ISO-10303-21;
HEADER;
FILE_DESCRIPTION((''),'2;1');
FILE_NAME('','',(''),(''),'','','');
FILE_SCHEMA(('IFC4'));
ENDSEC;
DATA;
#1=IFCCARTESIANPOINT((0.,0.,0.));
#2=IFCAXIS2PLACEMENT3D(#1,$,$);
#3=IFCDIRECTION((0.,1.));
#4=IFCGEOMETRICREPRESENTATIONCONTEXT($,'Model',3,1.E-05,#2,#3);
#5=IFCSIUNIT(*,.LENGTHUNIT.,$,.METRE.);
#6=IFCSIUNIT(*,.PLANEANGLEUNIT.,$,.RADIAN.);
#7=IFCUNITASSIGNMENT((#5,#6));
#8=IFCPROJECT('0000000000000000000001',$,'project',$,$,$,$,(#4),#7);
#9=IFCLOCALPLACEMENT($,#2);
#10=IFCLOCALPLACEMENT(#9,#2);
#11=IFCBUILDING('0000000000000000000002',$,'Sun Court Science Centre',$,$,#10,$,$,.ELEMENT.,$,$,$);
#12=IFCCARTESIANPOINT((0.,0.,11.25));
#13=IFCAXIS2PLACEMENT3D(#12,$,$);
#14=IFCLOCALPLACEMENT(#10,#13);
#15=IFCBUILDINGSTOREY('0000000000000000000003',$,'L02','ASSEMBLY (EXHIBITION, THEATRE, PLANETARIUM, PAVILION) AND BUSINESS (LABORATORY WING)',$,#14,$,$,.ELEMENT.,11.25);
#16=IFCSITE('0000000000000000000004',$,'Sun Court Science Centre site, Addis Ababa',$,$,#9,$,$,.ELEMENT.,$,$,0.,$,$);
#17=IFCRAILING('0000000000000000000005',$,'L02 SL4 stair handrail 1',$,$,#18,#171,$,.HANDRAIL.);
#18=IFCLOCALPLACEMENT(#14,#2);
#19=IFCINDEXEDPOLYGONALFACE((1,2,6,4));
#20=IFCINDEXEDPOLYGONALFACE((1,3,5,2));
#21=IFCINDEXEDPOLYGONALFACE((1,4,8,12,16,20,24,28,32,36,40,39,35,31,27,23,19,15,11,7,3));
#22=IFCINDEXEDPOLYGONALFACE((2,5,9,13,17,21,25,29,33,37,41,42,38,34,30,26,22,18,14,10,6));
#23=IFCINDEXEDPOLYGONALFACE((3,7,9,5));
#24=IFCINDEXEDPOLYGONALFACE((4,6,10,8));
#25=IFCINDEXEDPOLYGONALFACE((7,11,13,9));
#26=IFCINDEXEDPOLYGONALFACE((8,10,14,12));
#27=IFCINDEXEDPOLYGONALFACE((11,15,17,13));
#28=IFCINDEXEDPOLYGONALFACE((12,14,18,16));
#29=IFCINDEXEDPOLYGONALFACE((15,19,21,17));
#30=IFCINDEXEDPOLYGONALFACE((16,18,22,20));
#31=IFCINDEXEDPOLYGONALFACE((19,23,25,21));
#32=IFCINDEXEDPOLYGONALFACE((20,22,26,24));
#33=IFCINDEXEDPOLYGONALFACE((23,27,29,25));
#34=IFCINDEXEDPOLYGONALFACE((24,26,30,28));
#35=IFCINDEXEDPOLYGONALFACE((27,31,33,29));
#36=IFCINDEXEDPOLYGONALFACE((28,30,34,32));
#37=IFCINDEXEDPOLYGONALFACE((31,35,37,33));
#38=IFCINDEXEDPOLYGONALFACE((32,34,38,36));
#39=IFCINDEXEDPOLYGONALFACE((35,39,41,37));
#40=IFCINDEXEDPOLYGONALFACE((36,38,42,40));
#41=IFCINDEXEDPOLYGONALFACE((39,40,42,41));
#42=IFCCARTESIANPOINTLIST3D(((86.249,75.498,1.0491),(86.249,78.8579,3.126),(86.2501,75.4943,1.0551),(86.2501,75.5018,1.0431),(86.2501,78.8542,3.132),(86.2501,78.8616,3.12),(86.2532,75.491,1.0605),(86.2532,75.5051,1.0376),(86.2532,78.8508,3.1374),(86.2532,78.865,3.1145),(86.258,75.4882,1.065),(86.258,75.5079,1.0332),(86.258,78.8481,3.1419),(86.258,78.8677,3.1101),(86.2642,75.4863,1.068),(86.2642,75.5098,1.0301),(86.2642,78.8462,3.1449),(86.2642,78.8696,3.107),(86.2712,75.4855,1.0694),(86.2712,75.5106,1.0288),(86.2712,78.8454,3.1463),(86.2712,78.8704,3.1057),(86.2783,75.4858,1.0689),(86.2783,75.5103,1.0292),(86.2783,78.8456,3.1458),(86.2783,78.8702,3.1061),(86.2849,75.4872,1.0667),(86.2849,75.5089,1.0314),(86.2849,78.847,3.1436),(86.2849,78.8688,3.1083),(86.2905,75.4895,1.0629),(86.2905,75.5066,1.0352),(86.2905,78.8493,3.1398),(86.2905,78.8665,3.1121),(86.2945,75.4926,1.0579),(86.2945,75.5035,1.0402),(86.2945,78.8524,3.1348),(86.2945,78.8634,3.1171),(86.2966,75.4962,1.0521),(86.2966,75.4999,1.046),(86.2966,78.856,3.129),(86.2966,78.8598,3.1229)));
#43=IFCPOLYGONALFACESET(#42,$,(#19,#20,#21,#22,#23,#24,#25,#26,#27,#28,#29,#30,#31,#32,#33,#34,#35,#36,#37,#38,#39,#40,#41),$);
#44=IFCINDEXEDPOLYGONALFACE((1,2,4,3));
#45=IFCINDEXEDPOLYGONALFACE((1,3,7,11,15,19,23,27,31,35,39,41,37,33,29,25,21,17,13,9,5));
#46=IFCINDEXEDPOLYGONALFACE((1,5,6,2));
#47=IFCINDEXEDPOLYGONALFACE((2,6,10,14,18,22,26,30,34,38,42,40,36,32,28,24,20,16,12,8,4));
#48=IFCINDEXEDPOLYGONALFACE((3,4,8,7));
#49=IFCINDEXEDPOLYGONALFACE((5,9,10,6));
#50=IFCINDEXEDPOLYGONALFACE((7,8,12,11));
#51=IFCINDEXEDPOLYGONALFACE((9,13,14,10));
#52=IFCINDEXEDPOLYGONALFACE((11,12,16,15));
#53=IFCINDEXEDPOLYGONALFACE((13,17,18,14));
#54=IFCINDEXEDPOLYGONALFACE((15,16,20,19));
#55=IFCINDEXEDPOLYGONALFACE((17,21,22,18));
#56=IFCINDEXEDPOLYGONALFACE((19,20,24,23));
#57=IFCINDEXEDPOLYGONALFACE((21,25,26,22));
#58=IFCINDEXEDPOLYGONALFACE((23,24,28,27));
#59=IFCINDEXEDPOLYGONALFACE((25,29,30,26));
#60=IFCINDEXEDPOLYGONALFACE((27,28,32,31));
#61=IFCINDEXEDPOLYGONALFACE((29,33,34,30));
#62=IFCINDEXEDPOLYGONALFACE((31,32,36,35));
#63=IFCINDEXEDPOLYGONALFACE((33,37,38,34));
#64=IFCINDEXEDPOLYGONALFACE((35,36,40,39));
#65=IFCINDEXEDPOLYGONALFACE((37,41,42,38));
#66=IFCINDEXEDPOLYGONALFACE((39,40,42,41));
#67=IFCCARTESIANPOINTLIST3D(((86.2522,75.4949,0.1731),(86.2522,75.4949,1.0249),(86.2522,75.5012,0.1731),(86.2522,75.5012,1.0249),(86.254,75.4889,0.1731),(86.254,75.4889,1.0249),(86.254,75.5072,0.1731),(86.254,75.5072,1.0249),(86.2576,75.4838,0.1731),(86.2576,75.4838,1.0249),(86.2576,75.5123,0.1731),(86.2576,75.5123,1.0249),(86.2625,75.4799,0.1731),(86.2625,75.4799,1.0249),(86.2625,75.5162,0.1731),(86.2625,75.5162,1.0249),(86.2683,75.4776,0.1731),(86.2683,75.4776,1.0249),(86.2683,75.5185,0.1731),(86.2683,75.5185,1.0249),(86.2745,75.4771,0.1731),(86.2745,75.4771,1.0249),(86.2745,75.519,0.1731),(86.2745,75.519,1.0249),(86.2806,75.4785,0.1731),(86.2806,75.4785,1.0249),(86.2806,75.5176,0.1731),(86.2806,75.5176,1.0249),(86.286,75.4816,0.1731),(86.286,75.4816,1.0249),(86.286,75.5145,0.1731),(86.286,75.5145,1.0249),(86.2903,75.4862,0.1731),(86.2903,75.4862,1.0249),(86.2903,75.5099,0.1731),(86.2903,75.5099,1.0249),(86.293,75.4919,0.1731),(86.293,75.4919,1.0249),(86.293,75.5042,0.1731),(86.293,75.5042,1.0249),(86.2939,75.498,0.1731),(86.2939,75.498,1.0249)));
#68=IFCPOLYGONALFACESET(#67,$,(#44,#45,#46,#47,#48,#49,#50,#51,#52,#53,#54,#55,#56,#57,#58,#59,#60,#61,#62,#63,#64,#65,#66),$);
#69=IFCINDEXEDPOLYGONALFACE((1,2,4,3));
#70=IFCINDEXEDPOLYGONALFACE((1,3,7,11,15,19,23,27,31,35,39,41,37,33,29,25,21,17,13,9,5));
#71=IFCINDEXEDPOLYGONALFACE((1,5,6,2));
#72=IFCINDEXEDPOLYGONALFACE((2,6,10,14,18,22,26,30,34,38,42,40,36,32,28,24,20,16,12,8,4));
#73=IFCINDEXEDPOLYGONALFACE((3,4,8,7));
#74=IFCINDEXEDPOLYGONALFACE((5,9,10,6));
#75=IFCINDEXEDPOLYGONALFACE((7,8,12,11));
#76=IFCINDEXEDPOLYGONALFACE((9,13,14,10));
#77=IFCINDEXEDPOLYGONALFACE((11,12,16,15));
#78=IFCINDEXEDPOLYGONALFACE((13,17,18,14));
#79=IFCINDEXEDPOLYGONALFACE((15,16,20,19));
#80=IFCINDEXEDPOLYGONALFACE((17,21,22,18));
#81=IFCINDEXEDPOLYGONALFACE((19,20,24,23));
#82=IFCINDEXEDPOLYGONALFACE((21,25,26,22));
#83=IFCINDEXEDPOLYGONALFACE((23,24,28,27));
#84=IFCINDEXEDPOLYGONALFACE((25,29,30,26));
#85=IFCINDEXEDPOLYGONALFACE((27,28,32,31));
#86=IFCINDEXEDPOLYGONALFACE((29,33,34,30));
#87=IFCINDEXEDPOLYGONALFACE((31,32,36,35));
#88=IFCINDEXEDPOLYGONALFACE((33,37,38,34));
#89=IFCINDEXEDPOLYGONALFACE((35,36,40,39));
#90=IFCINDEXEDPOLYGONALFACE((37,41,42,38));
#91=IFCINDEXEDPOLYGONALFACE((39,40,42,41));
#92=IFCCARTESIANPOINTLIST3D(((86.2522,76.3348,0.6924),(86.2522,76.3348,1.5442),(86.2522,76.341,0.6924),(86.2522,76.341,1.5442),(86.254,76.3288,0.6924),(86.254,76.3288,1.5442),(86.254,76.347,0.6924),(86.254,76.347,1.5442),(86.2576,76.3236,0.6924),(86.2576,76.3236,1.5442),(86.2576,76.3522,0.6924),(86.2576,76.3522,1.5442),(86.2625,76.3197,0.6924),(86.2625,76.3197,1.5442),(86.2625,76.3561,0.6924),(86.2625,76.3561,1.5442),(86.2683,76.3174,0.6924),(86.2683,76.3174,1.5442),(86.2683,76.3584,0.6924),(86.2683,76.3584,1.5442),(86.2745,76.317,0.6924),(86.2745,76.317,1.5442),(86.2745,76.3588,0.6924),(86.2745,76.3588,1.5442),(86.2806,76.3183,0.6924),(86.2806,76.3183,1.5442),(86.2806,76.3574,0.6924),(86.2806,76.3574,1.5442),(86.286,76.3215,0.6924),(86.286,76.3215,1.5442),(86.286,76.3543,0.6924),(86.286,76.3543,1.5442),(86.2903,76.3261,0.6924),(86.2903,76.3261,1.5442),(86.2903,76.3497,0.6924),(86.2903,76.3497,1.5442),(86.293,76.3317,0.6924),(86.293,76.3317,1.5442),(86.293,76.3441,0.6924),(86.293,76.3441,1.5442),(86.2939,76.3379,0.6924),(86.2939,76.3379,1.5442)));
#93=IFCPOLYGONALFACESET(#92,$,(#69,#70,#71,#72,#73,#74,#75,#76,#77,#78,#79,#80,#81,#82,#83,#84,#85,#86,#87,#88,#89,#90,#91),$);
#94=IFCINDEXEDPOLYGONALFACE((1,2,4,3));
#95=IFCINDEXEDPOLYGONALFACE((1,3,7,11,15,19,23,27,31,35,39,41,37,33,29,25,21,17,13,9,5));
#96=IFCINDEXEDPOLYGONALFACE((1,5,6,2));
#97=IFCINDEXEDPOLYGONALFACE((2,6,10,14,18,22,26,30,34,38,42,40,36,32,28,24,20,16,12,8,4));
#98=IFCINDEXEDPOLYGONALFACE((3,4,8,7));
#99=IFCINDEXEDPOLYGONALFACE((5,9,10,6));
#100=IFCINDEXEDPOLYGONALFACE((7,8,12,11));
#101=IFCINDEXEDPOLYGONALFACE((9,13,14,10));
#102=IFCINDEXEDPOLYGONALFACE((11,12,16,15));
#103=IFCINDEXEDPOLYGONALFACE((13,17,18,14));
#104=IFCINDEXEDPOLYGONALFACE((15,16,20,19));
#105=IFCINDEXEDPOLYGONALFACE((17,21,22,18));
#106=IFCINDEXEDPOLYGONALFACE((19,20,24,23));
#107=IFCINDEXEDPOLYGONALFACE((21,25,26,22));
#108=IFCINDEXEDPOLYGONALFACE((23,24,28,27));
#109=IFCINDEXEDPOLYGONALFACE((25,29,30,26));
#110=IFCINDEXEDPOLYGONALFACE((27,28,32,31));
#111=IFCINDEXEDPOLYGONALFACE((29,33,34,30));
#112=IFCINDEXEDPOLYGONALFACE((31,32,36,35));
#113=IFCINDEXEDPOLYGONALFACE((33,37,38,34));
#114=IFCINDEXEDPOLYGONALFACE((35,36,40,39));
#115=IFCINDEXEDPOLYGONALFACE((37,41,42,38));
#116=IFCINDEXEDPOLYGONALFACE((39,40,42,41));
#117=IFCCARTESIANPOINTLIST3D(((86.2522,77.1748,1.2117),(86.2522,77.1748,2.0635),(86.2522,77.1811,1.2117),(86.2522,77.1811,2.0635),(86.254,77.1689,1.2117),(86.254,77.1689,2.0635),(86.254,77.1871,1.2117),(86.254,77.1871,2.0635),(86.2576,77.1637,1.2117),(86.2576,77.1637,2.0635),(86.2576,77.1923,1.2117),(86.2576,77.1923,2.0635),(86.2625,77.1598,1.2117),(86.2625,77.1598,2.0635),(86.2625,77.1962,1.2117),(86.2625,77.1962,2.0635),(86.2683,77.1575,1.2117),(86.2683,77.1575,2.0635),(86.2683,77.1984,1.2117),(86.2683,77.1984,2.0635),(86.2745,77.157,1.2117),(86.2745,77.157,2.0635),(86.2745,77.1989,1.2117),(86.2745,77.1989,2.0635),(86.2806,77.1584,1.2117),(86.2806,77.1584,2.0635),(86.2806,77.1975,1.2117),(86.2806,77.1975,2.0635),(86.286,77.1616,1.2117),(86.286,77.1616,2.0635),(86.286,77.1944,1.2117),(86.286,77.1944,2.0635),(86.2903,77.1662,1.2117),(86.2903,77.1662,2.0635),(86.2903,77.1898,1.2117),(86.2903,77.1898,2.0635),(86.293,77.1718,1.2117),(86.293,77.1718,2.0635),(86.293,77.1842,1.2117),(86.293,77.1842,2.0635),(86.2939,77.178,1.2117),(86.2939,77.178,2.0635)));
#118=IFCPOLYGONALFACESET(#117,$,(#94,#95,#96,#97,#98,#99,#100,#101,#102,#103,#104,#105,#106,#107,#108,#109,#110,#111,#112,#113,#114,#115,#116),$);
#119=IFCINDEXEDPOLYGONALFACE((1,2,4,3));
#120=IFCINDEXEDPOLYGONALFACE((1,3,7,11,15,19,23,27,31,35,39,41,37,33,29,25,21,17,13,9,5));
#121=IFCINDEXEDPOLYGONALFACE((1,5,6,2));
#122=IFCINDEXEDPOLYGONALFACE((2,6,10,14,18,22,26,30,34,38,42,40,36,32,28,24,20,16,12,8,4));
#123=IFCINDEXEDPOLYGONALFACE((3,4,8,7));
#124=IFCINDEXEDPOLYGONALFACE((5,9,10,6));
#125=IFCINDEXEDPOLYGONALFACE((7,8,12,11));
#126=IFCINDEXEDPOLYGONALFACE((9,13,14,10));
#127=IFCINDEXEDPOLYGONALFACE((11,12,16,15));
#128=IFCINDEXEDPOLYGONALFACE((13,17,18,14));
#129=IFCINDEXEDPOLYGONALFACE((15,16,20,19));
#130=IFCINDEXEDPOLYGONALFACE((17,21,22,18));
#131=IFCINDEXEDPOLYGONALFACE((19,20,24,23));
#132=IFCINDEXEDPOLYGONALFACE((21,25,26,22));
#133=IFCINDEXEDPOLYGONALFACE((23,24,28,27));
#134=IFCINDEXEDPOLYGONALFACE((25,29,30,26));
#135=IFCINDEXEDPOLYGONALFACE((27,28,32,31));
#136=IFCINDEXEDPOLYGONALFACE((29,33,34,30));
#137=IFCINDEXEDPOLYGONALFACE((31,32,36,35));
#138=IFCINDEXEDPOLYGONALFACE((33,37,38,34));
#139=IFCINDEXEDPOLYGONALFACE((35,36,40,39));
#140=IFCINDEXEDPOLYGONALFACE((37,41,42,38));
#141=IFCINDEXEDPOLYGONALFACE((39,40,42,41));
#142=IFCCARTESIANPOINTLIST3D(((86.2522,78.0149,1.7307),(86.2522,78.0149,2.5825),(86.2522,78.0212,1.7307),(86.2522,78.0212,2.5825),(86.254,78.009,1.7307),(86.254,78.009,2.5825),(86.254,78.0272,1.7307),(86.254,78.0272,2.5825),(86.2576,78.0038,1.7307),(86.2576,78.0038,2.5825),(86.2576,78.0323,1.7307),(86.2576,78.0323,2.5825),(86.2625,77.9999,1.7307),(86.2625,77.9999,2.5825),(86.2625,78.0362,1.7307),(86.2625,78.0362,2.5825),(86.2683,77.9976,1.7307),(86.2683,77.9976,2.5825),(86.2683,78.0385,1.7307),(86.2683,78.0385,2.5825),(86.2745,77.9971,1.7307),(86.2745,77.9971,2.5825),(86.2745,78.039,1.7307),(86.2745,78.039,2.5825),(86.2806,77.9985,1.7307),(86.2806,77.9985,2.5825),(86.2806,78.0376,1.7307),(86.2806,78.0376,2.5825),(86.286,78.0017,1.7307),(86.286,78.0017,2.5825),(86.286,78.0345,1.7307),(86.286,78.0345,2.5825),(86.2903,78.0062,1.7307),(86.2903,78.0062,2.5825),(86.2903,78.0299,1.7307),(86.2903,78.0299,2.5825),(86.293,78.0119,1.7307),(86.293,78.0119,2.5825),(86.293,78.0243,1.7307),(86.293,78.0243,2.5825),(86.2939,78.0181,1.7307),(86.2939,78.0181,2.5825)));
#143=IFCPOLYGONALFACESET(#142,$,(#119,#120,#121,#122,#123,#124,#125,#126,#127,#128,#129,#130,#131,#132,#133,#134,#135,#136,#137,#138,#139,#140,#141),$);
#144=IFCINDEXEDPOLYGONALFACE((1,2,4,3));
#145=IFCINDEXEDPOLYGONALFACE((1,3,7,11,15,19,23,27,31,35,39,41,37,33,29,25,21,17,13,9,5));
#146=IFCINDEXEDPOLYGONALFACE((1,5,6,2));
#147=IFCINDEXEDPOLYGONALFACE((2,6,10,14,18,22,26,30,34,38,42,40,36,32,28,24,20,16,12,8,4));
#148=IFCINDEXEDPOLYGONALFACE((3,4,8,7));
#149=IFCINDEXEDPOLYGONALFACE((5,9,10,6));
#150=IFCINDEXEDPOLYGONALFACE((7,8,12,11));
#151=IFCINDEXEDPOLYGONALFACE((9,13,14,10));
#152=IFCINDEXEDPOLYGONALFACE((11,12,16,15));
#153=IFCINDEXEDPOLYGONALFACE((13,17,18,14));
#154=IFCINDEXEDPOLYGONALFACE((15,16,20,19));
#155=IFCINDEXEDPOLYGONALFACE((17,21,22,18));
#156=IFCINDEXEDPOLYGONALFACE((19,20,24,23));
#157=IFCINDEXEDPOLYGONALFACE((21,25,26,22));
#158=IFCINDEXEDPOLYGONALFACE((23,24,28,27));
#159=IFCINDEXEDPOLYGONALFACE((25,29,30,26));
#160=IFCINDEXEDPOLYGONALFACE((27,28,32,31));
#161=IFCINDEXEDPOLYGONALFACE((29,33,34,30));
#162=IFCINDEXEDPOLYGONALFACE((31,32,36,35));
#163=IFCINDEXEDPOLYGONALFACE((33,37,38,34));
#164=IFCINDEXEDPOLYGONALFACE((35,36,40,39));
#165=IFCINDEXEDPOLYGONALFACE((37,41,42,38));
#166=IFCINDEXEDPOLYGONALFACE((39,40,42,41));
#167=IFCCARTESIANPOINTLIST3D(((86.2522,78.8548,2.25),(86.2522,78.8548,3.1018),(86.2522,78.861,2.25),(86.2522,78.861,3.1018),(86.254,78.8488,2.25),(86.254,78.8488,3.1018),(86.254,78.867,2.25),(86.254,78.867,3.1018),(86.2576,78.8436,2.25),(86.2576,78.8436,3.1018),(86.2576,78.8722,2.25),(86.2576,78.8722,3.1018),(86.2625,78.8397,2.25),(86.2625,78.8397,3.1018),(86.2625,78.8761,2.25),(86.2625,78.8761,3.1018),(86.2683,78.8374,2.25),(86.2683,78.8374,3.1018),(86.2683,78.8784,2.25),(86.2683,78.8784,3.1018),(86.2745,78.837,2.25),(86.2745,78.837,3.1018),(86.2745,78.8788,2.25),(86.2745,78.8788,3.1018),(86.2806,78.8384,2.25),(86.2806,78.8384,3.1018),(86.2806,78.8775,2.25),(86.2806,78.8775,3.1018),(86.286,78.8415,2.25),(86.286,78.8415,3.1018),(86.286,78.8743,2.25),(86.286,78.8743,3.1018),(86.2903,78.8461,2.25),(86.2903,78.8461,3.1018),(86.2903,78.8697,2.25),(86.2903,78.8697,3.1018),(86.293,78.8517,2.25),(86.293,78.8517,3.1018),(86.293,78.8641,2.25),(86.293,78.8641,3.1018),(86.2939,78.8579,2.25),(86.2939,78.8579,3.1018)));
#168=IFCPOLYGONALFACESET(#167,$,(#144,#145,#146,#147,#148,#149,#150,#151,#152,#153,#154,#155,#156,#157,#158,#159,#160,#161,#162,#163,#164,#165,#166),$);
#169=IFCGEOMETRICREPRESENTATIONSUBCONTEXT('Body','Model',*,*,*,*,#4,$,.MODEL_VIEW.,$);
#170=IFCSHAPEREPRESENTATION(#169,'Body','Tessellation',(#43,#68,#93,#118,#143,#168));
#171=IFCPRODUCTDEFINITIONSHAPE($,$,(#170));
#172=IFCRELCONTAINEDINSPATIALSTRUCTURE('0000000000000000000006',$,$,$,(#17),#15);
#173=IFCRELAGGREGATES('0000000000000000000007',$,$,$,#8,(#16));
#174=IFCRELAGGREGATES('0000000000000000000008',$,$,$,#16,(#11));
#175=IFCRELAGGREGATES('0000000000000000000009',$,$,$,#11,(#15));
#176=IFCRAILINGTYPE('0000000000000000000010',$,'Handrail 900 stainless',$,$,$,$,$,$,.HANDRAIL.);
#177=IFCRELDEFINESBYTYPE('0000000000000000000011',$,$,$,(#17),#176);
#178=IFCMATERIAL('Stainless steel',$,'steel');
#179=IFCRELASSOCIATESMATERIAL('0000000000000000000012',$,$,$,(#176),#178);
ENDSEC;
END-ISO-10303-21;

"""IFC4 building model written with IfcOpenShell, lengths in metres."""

from ifc_helpers import new_model, si_unit, direction, frame, origin, origin_2d, place, context, subcontext, project, spatial, circle, extrude, material, type_object, element, save


model = new_model("IFC4")

# Units and contexts
model_context = context("Model", 3, precision=1e-05, world=origin(), true_north=direction((0.0, 1.0)))
body_context = subcontext(model_context, "Body", "Model", "MODEL_VIEW")
ifc_project = project(units=[si_unit("LENGTHUNIT", "METRE"), si_unit("PLANEANGLEUNIT", "RADIAN")], contexts=[model_context])

# Site, building, storey
site_placement = place(None, origin())
site = spatial("IfcSite", under=ifc_project, at=site_placement, Name="Sun Court Science Centre site, Addis Ababa", CompositionType="ELEMENT", RefElevation=0.0)
building_placement = place(site_placement, origin())
building = spatial("IfcBuilding", under=site, at=building_placement, Name="Sun Court Science Centre", CompositionType="ELEMENT")
storey_placement = place(building_placement, frame((0.0, 0.0, 11.25)))
storey = spatial("IfcBuildingStorey", under=building, at=storey_placement, Name="L02", Description="ASSEMBLY (EXHIBITION, THEATRE, PLANETARIUM, PAVILION) AND BUSINESS (LABORATORY WING)", CompositionType="ELEMENT", Elevation=11.25)

# Railing
ifc_material_1 = material(Name="Stainless steel", Category="steel")
railing_type_1 = type_object("IfcRailingType", Name="Handrail 900 stainless", PredefinedType="HANDRAIL", material=ifc_material_1)
railing_1_placement = place(storey_placement, frame((86.2729, 75.498, 0.1731)))
element("IfcRailing", 1, at=railing_1_placement, inside=storey, type_object=railing_type_1, Name="L02 SL4 stair handrail 1", PredefinedType="HANDRAIL", context=body_context, shape_type="SweptSolid", body=[
    extrude(circle(Radius=0.0239, at=origin_2d()), frame((0.0, 0.0, 0.876), z_axis=(0.0, 0.850606, 0.525803), x_axis=(-1.0, 0.0, 0.0)), (0.0, 0.0, 1.0), 3.95),
    extrude(circle(Radius=0.021, at=origin_2d()), origin(), (0.0, 0.0, 1.0), 0.8518),
    extrude(circle(Radius=0.021, at=origin_2d()), frame((0.0, 0.8398, 0.5193)), (0.0, 0.0, 1.0), 0.8518),
    extrude(circle(Radius=0.021, at=origin_2d()), frame((0.0, 1.6799, 1.0386)), (0.0, 0.0, 1.0), 0.8518),
    extrude(circle(Radius=0.021, at=origin_2d()), frame((0.0, 2.52, 1.5576)), (0.0, 0.0, 1.0), 0.8518),
    extrude(circle(Radius=0.021, at=origin_2d()), frame((0.0, 3.3599, 2.0769)), (0.0, 0.0, 1.0), 0.8518),
])

save(model, "model.ifc")
